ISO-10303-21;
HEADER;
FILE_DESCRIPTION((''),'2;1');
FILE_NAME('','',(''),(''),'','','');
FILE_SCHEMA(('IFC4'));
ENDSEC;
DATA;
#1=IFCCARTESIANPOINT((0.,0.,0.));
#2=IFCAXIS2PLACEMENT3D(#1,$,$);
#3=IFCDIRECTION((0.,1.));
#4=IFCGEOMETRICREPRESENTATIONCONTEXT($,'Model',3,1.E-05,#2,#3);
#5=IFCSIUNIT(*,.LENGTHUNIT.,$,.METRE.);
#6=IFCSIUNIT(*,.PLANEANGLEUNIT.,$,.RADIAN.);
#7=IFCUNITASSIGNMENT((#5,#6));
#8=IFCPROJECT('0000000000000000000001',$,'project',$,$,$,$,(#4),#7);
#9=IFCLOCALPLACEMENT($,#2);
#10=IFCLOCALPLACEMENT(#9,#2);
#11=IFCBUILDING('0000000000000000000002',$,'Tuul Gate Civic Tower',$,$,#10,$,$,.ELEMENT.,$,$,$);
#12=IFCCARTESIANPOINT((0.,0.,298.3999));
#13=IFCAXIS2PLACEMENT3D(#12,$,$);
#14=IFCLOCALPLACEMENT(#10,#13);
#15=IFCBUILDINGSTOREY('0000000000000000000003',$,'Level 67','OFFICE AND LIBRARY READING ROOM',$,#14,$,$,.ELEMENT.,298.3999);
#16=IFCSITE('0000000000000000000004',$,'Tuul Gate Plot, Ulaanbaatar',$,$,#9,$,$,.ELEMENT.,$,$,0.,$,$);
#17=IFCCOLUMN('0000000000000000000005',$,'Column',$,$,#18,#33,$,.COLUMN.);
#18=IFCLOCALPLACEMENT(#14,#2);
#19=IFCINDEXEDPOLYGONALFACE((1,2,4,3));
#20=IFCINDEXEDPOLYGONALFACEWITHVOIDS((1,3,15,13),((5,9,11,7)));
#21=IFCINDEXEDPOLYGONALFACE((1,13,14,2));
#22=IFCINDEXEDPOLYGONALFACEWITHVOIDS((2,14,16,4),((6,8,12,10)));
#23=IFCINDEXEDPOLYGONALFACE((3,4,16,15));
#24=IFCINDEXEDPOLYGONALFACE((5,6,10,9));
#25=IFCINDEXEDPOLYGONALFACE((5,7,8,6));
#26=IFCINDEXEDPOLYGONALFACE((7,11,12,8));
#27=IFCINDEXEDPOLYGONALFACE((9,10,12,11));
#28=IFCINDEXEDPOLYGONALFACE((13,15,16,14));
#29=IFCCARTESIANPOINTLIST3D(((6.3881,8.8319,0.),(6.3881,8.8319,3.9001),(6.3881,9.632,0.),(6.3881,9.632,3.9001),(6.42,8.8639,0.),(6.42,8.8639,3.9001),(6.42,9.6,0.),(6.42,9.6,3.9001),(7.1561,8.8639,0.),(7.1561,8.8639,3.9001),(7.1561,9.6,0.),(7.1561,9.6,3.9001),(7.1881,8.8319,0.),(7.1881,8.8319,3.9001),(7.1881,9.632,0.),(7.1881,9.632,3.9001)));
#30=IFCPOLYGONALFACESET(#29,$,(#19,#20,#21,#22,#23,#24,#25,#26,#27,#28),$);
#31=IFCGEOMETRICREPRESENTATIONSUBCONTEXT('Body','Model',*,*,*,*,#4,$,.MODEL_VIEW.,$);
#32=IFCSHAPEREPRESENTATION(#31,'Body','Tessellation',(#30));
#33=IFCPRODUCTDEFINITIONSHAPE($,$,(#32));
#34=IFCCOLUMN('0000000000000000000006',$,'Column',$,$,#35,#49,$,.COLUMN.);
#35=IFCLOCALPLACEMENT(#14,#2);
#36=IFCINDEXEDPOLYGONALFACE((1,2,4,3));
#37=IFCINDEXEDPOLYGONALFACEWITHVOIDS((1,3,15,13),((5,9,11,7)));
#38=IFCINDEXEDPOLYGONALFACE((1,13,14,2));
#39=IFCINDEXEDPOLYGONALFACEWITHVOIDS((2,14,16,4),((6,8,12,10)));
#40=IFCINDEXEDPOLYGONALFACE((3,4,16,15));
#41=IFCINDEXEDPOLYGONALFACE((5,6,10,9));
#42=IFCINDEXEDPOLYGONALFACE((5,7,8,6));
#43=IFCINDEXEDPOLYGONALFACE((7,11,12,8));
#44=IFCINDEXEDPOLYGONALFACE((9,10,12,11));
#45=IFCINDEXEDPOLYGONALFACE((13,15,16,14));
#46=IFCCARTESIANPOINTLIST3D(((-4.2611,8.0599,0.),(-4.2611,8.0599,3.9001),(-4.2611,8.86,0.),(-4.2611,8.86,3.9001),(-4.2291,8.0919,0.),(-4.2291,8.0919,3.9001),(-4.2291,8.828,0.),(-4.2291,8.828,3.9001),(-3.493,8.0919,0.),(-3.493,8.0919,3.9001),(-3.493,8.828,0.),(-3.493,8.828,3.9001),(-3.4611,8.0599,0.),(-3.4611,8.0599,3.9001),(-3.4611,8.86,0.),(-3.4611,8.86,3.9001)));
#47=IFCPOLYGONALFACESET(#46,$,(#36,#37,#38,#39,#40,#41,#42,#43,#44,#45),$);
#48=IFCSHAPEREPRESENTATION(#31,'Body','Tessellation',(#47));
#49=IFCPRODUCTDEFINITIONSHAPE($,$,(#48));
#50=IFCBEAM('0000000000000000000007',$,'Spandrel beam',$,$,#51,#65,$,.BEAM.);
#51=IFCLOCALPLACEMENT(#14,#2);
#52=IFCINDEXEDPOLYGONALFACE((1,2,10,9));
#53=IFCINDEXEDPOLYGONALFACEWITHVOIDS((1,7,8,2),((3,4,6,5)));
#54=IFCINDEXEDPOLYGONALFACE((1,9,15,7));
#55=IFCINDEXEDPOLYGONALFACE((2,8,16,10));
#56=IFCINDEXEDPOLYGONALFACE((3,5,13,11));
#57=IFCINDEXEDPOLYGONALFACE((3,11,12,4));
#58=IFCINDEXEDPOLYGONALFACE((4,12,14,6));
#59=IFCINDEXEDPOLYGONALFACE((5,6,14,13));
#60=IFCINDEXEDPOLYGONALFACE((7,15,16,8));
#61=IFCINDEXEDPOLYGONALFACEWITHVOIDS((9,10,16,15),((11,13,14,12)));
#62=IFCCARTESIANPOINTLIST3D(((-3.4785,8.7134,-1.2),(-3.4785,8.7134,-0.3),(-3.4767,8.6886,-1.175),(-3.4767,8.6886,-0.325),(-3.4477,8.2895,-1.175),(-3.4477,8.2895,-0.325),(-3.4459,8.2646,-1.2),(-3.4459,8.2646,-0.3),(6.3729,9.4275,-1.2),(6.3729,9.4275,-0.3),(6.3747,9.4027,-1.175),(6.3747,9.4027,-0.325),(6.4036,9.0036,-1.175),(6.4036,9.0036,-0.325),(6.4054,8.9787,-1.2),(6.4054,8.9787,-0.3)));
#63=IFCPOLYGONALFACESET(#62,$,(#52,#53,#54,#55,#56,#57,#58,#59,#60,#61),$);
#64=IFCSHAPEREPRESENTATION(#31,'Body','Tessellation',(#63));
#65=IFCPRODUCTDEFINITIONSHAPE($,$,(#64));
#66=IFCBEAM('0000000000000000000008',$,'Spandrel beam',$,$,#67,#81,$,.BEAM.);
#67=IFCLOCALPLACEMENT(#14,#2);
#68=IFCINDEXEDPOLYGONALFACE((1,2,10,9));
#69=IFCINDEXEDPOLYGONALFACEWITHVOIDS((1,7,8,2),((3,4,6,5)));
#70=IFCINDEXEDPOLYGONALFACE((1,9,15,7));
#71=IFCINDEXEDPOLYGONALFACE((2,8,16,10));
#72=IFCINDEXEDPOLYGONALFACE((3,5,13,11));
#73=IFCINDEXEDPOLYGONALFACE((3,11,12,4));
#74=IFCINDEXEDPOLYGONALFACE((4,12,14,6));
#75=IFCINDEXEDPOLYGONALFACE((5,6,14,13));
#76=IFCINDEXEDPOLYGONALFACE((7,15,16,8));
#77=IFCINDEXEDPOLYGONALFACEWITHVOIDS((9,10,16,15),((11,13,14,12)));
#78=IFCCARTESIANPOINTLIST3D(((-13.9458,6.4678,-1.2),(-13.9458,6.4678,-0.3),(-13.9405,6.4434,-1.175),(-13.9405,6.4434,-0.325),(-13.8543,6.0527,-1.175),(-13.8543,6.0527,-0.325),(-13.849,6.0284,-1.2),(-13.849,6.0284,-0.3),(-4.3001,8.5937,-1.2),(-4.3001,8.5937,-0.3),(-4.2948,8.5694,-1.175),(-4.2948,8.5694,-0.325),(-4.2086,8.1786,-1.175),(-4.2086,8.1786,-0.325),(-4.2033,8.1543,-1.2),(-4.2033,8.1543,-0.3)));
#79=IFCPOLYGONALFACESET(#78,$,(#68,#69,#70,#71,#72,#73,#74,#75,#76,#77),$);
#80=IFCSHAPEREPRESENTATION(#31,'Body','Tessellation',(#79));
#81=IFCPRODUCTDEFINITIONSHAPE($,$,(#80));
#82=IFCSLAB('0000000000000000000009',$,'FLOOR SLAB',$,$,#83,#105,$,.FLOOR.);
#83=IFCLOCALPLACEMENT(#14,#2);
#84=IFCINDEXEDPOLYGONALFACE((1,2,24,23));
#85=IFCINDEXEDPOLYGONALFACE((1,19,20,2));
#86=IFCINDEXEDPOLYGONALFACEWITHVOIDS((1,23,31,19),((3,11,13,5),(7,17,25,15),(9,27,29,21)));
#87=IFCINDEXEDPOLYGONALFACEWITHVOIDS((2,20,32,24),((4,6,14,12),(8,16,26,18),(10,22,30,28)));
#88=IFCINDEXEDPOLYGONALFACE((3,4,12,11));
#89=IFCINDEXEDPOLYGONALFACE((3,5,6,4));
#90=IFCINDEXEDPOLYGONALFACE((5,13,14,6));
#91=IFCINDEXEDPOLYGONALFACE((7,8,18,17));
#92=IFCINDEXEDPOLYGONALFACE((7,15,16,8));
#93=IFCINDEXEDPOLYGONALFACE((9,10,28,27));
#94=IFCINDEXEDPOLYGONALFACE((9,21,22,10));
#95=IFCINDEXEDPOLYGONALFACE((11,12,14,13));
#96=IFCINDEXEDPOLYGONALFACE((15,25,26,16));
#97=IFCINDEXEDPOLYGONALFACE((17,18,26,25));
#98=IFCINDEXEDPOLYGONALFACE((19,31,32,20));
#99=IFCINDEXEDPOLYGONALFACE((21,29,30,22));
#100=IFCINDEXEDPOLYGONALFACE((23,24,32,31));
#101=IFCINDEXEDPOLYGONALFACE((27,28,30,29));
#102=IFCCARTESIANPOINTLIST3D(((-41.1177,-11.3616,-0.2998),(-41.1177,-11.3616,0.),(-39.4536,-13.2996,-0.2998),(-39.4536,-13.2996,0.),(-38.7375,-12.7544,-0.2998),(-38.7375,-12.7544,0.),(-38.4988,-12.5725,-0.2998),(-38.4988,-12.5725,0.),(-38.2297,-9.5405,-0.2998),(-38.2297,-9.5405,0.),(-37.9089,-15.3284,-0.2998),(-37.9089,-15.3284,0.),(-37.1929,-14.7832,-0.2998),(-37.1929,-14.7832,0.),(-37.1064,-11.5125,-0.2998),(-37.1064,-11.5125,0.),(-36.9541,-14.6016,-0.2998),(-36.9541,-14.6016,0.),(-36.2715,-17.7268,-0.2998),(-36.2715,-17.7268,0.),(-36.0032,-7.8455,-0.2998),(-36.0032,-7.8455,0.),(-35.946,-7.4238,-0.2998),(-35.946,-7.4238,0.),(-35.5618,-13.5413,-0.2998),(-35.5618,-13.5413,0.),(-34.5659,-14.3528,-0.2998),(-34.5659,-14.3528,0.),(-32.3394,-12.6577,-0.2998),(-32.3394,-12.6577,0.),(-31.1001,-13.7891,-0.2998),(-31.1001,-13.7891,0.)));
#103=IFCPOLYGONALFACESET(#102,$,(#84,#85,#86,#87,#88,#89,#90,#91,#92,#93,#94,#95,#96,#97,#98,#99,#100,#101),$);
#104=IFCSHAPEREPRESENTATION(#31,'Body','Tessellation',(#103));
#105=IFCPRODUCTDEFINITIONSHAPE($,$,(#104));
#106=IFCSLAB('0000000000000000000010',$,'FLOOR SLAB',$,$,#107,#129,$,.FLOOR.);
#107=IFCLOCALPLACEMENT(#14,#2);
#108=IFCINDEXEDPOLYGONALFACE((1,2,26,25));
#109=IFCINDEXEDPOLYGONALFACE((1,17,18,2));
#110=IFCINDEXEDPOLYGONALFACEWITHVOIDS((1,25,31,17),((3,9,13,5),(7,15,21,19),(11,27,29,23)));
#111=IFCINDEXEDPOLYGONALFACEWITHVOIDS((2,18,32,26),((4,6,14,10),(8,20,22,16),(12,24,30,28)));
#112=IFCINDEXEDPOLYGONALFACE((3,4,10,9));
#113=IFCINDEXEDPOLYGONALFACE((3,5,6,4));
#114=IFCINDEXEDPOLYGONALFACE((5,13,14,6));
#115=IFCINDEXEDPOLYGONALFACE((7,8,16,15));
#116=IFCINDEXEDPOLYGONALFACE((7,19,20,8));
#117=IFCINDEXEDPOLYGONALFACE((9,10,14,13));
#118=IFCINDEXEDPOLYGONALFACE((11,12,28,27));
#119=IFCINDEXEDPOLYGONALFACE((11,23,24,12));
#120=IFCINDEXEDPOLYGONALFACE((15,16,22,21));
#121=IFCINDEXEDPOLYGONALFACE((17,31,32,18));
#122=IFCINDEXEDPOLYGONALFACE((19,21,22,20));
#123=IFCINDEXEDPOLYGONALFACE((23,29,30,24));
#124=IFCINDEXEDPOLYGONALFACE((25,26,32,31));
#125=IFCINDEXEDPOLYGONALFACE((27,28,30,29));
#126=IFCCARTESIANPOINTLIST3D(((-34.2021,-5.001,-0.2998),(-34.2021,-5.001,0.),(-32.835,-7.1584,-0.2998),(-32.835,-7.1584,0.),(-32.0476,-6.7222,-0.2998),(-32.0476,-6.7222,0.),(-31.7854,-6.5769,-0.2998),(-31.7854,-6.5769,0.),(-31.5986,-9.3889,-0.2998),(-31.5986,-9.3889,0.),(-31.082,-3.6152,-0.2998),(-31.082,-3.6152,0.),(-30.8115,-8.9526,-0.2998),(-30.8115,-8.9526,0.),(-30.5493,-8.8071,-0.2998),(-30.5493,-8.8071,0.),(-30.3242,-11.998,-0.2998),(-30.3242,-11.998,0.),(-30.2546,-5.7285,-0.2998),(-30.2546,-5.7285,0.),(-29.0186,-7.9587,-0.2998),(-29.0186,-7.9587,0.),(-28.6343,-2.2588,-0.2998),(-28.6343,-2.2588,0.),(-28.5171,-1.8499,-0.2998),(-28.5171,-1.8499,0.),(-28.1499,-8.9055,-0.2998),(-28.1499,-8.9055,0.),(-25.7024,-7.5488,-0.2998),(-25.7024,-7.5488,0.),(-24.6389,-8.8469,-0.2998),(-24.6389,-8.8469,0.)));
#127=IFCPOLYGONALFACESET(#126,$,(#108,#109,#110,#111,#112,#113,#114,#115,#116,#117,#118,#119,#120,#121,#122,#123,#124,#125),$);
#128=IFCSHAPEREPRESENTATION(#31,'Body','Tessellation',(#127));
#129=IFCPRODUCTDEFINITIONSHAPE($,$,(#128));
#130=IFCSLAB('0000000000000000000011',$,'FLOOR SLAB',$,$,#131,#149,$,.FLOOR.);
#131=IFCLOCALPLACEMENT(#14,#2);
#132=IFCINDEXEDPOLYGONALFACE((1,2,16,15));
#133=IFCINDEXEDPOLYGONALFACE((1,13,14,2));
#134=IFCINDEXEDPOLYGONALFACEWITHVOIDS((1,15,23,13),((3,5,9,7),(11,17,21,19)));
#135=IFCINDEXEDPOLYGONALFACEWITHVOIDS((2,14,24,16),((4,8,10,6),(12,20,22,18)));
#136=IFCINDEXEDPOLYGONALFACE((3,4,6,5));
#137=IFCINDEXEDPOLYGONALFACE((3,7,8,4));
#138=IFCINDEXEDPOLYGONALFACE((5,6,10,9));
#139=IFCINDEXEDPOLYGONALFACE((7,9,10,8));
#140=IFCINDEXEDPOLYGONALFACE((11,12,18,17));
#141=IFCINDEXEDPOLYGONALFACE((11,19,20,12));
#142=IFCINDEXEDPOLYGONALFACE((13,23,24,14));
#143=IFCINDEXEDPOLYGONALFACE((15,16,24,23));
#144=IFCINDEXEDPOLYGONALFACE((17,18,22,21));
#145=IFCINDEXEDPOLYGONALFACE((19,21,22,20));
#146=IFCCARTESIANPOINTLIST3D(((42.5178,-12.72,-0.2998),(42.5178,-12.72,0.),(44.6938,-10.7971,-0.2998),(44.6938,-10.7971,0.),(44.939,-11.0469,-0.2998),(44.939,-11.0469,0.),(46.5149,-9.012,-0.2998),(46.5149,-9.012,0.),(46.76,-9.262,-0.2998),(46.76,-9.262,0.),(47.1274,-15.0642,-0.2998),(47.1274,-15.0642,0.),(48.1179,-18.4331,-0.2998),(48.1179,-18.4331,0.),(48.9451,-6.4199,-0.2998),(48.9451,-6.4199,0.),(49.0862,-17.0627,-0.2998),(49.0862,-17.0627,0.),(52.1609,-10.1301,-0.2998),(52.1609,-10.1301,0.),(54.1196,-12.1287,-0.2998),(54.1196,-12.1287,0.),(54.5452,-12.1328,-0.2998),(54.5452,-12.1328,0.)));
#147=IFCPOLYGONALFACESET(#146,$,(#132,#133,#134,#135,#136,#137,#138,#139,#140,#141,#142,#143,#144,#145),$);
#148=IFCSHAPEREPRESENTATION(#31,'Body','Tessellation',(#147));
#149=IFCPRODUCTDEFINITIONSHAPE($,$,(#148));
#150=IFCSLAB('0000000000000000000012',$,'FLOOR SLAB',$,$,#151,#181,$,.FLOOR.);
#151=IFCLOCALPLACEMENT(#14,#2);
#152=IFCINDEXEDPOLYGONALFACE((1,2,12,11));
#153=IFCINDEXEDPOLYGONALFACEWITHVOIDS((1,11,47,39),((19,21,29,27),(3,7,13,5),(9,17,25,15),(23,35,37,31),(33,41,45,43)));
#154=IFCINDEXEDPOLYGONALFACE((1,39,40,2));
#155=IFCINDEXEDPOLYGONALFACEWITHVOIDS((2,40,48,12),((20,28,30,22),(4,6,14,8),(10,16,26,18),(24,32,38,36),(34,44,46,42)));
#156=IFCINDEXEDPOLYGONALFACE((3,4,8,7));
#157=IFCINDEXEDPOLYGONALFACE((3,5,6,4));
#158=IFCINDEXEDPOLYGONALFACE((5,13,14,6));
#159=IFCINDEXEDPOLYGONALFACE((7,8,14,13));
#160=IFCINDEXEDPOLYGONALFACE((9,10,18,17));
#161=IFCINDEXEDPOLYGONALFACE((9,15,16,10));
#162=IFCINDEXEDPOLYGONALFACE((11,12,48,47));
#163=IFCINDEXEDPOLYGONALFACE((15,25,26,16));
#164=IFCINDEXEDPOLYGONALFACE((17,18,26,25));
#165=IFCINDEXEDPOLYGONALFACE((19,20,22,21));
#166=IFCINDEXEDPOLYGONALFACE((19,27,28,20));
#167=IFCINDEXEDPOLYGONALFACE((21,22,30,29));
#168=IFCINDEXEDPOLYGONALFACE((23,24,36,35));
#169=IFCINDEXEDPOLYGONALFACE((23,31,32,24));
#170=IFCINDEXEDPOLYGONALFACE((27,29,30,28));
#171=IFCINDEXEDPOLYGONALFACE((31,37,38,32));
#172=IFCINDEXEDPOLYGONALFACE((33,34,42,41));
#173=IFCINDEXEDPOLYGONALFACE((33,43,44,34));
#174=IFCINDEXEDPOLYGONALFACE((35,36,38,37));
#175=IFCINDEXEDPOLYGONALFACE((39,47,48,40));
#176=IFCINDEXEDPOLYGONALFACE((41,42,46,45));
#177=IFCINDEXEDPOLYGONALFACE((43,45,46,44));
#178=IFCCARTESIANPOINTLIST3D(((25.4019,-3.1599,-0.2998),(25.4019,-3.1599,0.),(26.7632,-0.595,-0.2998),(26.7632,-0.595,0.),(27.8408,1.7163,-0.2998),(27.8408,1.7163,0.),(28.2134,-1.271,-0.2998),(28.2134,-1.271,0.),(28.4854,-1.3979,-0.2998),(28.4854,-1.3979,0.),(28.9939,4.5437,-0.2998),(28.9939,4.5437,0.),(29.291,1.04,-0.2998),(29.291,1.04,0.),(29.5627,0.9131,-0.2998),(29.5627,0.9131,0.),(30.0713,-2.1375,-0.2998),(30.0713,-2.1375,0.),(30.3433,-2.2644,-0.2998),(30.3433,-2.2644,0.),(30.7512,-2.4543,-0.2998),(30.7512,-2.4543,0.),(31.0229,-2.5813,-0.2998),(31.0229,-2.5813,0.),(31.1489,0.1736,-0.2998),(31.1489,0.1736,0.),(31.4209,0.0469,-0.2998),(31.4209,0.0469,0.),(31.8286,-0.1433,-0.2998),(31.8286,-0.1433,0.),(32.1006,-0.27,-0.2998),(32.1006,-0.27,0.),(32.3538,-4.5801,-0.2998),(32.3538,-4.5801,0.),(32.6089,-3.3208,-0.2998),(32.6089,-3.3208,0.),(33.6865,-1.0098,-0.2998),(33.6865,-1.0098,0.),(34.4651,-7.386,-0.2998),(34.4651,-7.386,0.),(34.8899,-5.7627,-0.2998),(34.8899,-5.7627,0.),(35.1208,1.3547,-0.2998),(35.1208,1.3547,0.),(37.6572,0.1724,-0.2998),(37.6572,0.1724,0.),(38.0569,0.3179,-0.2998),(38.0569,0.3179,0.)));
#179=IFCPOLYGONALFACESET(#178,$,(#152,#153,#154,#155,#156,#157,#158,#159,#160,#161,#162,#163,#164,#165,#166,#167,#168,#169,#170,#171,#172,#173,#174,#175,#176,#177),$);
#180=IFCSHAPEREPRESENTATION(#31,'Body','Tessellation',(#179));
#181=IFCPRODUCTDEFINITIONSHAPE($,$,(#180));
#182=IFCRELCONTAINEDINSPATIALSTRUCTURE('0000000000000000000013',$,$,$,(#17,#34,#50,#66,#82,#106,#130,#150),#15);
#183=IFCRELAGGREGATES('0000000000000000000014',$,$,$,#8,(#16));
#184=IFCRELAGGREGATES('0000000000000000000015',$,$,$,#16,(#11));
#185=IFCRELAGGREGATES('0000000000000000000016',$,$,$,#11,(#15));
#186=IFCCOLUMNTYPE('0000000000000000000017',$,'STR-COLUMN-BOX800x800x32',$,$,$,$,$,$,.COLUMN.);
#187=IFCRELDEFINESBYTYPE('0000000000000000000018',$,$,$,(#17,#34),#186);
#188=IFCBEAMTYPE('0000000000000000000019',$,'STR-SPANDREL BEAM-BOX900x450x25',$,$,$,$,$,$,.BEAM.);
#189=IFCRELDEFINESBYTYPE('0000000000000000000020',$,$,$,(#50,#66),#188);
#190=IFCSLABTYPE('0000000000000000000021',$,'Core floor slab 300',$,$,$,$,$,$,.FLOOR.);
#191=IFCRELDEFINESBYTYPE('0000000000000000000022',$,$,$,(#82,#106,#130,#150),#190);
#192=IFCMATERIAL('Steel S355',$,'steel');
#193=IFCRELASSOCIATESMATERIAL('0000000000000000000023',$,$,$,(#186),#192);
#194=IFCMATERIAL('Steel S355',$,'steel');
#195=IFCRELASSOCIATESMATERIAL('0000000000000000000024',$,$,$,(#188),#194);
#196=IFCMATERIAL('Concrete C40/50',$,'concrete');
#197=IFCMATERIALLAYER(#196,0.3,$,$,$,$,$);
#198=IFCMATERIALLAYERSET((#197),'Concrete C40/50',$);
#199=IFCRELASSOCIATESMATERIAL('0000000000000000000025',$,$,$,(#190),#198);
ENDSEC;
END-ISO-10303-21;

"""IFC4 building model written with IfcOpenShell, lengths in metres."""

from ifc_helpers import new_model, si_unit, direction, frame, origin, origin_2d, place, context, subcontext, project, spatial, polyline, hollow_rectangle, outline, extrude, material, layer, layer_set, material_profile, profile_set, type_object, element, save


model = new_model("IFC4")

# Units and contexts
model_context = context("Model", 3, precision=1e-05, world=origin(), true_north=direction((0.0, 1.0)))
body_context = subcontext(model_context, "Body", "Model", "MODEL_VIEW")
ifc_project = project(units=[si_unit("LENGTHUNIT", "METRE"), si_unit("PLANEANGLEUNIT", "RADIAN")], contexts=[model_context])

# Site, building, storey
site_placement = place(None, origin())
site = spatial("IfcSite", under=ifc_project, at=site_placement, Name="Tuul Gate Plot, Ulaanbaatar", CompositionType="ELEMENT", RefElevation=0.0)
building_placement = place(site_placement, origin())
building = spatial("IfcBuilding", under=site, at=building_placement, Name="Tuul Gate Civic Tower", CompositionType="ELEMENT")
storey_placement = place(building_placement, frame((0.0, 0.0, 298.3999)))
storey = spatial("IfcBuildingStorey", under=building, at=storey_placement, Name="Level 67", Description="OFFICE AND LIBRARY READING ROOM", CompositionType="ELEMENT", Elevation=298.3999)

# Columns
ifc_material_1 = material(Name="Steel S355", Category="steel")
ifc_material_profile_1 = material_profile(ifc_material_1, hollow_rectangle(XDim=0.8, YDim=0.8, WallThickness=0.032, at=origin_2d()), Name="BOX800x800x32")
ifc_profile_set_1 = profile_set([ifc_material_profile_1], Name="Steel S355")
column_type = type_object("IfcColumnType", Name="STR-COLUMN-BOX800x800x32", PredefinedType="COLUMN", material=ifc_profile_set_1)
for number, where, z_axis, x_axis, name in (
    (1, (6.7881, 9.2319, 0.0), (0.0, 0.0, 1.0), (1.0, 0.0, 0.0), "Column"),
    (2, (-3.8611, 8.46, 0.0), (0.0, 0.0, 1.0), (1.0, 0.0, 0.0), "Column"),
):
    element("IfcColumn", number, at=place(storey_placement, frame(where, z_axis=z_axis, x_axis=x_axis)), inside=storey, type_object=column_type, Name=name, PredefinedType="COLUMN", context=body_context, shape_type="SweptSolid", body=[
        extrude(hollow_rectangle(XDim=0.8, YDim=0.8, WallThickness=0.032, at=origin_2d()), origin(), (0.0, 0.0, 1.0), 3.9001),
    ])

# Beams
ifc_material_2 = material(Name="Steel S355", Category="steel")
ifc_material_profile_2 = material_profile(ifc_material_2, hollow_rectangle(XDim=0.45, YDim=0.8999, WallThickness=0.0249, at=origin_2d()), Name="BOX900x450x25")
ifc_profile_set_2 = profile_set([ifc_material_profile_2], Name="Steel S355")
beam_type = type_object("IfcBeamType", Name="STR-SPANDREL BEAM-BOX900x450x25", PredefinedType="BEAM", material=ifc_profile_set_2)
for number, where, z_axis, x_axis, name in (
    (3, (6.3892, 9.2031, -0.75), (-0.997383, -0.072299, 0.0), (0.072299, -0.997383, 0.0), "Spandrel beam"),
    (4, (-4.2517, 8.374, -0.75), (-0.976561, -0.215239, 0.0), (0.215239, -0.976561, 0.0), "Spandrel beam"),
):
    element("IfcBeam", number, at=place(storey_placement, frame(where, z_axis=z_axis, x_axis=x_axis)), inside=storey, type_object=beam_type, Name=name, PredefinedType="BEAM", context=body_context, shape_type="SweptSolid", body=[
        extrude(hollow_rectangle(XDim=0.45, YDim=0.8999, WallThickness=0.0249, at=origin_2d()), origin(), (0.0, 0.0, 1.0), 9.8772),
    ])

# Slabs
ifc_material_3 = material(Name="Concrete C40/50", Category="concrete")
ifc_layer_1 = layer(ifc_material_3, 0.3)
ifc_layer_set_1 = layer_set([ifc_layer_1], Name="Concrete C40/50")
slab_type_1 = type_object("IfcSlabType", Name="Core floor slab 300", PredefinedType="FLOOR", material=ifc_layer_set_1)
slab_1_placement = place(storey_placement, frame((0.0, 0.0, -0.2998)))
element("IfcSlab", 5, at=slab_1_placement, inside=storey, type_object=slab_type_1, Name="FLOOR SLAB", PredefinedType="FLOOR", context=body_context, shape_type="SweptSolid", body=[
    extrude(outline(polyline([(-31.1001, -13.7891), (-35.946, -7.4238), (-41.1177, -11.3616), (-36.2715, -17.7268), (-31.1001, -13.7891)]), holes=[polyline([(-35.5618, -13.5413), (-37.1064, -11.5125), (-38.4988, -12.5725), (-36.9541, -14.6016), (-35.5618, -13.5413)]), polyline([(-37.1929, -14.7832), (-38.7375, -12.7544), (-39.4536, -13.2996), (-37.9089, -15.3284), (-37.1929, -14.7832)]), polyline([(-32.3394, -12.6577), (-34.5659, -14.3528), (-38.2297, -9.5405), (-36.0032, -7.8455), (-32.3394, -12.6577)])]), origin(), (0.0, 0.0, 1.0), 0.2998),
])
slab_2_placement = place(storey_placement, frame((0.0, 0.0, -0.2998)))
element("IfcSlab", 6, at=slab_2_placement, inside=storey, type_object=slab_type_1, Name="FLOOR SLAB", PredefinedType="FLOOR", context=body_context, shape_type="SweptSolid", body=[
    extrude(outline(polyline([(-24.6389, -8.8469), (-28.5171, -1.8499), (-34.2021, -5.001), (-30.3242, -11.998), (-24.6389, -8.8469)]), holes=[polyline([(-29.0186, -7.9587), (-30.2546, -5.7285), (-31.7854, -6.5769), (-30.5493, -8.8071), (-29.0186, -7.9587)]), polyline([(-30.8115, -8.9526), (-32.0476, -6.7222), (-32.835, -7.1584), (-31.5986, -9.3889), (-30.8115, -8.9526)]), polyline([(-25.7024, -7.5488), (-28.1499, -8.9055), (-31.082, -3.6152), (-28.6343, -2.2588), (-25.7024, -7.5488)])]), origin(), (0.0, 0.0, 1.0), 0.2998),
])
slab_3_placement = place(storey_placement, frame((0.0, 0.0, -0.2998)))
element("IfcSlab", 7, at=slab_3_placement, inside=storey, type_object=slab_type_1, Name="FLOOR SLAB", PredefinedType="FLOOR", context=body_context, shape_type="SweptSolid", body=[
    extrude(outline(polyline([(48.1179, -18.4331), (54.5452, -12.1328), (48.9451, -6.4199), (42.5178, -12.72), (48.1179, -18.4331)]), holes=[polyline([(44.939, -11.0469), (46.76, -9.262), (46.5149, -9.012), (44.6938, -10.7971), (44.939, -11.0469)]), polyline([(49.0862, -17.0627), (47.1274, -15.0642), (52.1609, -10.1301), (54.1196, -12.1287), (49.0862, -17.0627)])]), origin(), (0.0, 0.0, 1.0), 0.2998),
])
slab_4_placement = place(storey_placement, frame((0.0, 0.0, -0.2998)))
element("IfcSlab", 8, at=slab_4_placement, inside=storey, type_object=slab_type_1, Name="FLOOR SLAB", PredefinedType="FLOOR", context=body_context, shape_type="SweptSolid", body=[
    extrude(outline(polyline([(34.4651, -7.386), (38.0569, 0.3179), (28.9939, 4.5437), (25.4019, -3.1599), (34.4651, -7.386)]), holes=[polyline([(32.6089, -3.3208), (33.6865, -1.0098), (32.1006, -0.27), (31.0229, -2.5813), (32.6089, -3.3208)]), polyline([(30.0713, -2.1375), (31.1489, 0.1736), (29.5627, 0.9131), (28.4854, -1.3979), (30.0713, -2.1375)]), polyline([(30.7512, -2.4543), (31.8286, -0.1433), (31.4209, 0.0469), (30.3433, -2.2644), (30.7512, -2.4543)]), polyline([(28.2134, -1.271), (29.291, 1.04), (27.8408, 1.7163), (26.7632, -0.595), (28.2134, -1.271)]), polyline([(34.8899, -5.7627), (32.3538, -4.5801), (35.1208, 1.3547), (37.6572, 0.1724), (34.8899, -5.7627)])]), origin(), (0.0, 0.0, 1.0), 0.2998),
])

save(model, "model.ifc")
